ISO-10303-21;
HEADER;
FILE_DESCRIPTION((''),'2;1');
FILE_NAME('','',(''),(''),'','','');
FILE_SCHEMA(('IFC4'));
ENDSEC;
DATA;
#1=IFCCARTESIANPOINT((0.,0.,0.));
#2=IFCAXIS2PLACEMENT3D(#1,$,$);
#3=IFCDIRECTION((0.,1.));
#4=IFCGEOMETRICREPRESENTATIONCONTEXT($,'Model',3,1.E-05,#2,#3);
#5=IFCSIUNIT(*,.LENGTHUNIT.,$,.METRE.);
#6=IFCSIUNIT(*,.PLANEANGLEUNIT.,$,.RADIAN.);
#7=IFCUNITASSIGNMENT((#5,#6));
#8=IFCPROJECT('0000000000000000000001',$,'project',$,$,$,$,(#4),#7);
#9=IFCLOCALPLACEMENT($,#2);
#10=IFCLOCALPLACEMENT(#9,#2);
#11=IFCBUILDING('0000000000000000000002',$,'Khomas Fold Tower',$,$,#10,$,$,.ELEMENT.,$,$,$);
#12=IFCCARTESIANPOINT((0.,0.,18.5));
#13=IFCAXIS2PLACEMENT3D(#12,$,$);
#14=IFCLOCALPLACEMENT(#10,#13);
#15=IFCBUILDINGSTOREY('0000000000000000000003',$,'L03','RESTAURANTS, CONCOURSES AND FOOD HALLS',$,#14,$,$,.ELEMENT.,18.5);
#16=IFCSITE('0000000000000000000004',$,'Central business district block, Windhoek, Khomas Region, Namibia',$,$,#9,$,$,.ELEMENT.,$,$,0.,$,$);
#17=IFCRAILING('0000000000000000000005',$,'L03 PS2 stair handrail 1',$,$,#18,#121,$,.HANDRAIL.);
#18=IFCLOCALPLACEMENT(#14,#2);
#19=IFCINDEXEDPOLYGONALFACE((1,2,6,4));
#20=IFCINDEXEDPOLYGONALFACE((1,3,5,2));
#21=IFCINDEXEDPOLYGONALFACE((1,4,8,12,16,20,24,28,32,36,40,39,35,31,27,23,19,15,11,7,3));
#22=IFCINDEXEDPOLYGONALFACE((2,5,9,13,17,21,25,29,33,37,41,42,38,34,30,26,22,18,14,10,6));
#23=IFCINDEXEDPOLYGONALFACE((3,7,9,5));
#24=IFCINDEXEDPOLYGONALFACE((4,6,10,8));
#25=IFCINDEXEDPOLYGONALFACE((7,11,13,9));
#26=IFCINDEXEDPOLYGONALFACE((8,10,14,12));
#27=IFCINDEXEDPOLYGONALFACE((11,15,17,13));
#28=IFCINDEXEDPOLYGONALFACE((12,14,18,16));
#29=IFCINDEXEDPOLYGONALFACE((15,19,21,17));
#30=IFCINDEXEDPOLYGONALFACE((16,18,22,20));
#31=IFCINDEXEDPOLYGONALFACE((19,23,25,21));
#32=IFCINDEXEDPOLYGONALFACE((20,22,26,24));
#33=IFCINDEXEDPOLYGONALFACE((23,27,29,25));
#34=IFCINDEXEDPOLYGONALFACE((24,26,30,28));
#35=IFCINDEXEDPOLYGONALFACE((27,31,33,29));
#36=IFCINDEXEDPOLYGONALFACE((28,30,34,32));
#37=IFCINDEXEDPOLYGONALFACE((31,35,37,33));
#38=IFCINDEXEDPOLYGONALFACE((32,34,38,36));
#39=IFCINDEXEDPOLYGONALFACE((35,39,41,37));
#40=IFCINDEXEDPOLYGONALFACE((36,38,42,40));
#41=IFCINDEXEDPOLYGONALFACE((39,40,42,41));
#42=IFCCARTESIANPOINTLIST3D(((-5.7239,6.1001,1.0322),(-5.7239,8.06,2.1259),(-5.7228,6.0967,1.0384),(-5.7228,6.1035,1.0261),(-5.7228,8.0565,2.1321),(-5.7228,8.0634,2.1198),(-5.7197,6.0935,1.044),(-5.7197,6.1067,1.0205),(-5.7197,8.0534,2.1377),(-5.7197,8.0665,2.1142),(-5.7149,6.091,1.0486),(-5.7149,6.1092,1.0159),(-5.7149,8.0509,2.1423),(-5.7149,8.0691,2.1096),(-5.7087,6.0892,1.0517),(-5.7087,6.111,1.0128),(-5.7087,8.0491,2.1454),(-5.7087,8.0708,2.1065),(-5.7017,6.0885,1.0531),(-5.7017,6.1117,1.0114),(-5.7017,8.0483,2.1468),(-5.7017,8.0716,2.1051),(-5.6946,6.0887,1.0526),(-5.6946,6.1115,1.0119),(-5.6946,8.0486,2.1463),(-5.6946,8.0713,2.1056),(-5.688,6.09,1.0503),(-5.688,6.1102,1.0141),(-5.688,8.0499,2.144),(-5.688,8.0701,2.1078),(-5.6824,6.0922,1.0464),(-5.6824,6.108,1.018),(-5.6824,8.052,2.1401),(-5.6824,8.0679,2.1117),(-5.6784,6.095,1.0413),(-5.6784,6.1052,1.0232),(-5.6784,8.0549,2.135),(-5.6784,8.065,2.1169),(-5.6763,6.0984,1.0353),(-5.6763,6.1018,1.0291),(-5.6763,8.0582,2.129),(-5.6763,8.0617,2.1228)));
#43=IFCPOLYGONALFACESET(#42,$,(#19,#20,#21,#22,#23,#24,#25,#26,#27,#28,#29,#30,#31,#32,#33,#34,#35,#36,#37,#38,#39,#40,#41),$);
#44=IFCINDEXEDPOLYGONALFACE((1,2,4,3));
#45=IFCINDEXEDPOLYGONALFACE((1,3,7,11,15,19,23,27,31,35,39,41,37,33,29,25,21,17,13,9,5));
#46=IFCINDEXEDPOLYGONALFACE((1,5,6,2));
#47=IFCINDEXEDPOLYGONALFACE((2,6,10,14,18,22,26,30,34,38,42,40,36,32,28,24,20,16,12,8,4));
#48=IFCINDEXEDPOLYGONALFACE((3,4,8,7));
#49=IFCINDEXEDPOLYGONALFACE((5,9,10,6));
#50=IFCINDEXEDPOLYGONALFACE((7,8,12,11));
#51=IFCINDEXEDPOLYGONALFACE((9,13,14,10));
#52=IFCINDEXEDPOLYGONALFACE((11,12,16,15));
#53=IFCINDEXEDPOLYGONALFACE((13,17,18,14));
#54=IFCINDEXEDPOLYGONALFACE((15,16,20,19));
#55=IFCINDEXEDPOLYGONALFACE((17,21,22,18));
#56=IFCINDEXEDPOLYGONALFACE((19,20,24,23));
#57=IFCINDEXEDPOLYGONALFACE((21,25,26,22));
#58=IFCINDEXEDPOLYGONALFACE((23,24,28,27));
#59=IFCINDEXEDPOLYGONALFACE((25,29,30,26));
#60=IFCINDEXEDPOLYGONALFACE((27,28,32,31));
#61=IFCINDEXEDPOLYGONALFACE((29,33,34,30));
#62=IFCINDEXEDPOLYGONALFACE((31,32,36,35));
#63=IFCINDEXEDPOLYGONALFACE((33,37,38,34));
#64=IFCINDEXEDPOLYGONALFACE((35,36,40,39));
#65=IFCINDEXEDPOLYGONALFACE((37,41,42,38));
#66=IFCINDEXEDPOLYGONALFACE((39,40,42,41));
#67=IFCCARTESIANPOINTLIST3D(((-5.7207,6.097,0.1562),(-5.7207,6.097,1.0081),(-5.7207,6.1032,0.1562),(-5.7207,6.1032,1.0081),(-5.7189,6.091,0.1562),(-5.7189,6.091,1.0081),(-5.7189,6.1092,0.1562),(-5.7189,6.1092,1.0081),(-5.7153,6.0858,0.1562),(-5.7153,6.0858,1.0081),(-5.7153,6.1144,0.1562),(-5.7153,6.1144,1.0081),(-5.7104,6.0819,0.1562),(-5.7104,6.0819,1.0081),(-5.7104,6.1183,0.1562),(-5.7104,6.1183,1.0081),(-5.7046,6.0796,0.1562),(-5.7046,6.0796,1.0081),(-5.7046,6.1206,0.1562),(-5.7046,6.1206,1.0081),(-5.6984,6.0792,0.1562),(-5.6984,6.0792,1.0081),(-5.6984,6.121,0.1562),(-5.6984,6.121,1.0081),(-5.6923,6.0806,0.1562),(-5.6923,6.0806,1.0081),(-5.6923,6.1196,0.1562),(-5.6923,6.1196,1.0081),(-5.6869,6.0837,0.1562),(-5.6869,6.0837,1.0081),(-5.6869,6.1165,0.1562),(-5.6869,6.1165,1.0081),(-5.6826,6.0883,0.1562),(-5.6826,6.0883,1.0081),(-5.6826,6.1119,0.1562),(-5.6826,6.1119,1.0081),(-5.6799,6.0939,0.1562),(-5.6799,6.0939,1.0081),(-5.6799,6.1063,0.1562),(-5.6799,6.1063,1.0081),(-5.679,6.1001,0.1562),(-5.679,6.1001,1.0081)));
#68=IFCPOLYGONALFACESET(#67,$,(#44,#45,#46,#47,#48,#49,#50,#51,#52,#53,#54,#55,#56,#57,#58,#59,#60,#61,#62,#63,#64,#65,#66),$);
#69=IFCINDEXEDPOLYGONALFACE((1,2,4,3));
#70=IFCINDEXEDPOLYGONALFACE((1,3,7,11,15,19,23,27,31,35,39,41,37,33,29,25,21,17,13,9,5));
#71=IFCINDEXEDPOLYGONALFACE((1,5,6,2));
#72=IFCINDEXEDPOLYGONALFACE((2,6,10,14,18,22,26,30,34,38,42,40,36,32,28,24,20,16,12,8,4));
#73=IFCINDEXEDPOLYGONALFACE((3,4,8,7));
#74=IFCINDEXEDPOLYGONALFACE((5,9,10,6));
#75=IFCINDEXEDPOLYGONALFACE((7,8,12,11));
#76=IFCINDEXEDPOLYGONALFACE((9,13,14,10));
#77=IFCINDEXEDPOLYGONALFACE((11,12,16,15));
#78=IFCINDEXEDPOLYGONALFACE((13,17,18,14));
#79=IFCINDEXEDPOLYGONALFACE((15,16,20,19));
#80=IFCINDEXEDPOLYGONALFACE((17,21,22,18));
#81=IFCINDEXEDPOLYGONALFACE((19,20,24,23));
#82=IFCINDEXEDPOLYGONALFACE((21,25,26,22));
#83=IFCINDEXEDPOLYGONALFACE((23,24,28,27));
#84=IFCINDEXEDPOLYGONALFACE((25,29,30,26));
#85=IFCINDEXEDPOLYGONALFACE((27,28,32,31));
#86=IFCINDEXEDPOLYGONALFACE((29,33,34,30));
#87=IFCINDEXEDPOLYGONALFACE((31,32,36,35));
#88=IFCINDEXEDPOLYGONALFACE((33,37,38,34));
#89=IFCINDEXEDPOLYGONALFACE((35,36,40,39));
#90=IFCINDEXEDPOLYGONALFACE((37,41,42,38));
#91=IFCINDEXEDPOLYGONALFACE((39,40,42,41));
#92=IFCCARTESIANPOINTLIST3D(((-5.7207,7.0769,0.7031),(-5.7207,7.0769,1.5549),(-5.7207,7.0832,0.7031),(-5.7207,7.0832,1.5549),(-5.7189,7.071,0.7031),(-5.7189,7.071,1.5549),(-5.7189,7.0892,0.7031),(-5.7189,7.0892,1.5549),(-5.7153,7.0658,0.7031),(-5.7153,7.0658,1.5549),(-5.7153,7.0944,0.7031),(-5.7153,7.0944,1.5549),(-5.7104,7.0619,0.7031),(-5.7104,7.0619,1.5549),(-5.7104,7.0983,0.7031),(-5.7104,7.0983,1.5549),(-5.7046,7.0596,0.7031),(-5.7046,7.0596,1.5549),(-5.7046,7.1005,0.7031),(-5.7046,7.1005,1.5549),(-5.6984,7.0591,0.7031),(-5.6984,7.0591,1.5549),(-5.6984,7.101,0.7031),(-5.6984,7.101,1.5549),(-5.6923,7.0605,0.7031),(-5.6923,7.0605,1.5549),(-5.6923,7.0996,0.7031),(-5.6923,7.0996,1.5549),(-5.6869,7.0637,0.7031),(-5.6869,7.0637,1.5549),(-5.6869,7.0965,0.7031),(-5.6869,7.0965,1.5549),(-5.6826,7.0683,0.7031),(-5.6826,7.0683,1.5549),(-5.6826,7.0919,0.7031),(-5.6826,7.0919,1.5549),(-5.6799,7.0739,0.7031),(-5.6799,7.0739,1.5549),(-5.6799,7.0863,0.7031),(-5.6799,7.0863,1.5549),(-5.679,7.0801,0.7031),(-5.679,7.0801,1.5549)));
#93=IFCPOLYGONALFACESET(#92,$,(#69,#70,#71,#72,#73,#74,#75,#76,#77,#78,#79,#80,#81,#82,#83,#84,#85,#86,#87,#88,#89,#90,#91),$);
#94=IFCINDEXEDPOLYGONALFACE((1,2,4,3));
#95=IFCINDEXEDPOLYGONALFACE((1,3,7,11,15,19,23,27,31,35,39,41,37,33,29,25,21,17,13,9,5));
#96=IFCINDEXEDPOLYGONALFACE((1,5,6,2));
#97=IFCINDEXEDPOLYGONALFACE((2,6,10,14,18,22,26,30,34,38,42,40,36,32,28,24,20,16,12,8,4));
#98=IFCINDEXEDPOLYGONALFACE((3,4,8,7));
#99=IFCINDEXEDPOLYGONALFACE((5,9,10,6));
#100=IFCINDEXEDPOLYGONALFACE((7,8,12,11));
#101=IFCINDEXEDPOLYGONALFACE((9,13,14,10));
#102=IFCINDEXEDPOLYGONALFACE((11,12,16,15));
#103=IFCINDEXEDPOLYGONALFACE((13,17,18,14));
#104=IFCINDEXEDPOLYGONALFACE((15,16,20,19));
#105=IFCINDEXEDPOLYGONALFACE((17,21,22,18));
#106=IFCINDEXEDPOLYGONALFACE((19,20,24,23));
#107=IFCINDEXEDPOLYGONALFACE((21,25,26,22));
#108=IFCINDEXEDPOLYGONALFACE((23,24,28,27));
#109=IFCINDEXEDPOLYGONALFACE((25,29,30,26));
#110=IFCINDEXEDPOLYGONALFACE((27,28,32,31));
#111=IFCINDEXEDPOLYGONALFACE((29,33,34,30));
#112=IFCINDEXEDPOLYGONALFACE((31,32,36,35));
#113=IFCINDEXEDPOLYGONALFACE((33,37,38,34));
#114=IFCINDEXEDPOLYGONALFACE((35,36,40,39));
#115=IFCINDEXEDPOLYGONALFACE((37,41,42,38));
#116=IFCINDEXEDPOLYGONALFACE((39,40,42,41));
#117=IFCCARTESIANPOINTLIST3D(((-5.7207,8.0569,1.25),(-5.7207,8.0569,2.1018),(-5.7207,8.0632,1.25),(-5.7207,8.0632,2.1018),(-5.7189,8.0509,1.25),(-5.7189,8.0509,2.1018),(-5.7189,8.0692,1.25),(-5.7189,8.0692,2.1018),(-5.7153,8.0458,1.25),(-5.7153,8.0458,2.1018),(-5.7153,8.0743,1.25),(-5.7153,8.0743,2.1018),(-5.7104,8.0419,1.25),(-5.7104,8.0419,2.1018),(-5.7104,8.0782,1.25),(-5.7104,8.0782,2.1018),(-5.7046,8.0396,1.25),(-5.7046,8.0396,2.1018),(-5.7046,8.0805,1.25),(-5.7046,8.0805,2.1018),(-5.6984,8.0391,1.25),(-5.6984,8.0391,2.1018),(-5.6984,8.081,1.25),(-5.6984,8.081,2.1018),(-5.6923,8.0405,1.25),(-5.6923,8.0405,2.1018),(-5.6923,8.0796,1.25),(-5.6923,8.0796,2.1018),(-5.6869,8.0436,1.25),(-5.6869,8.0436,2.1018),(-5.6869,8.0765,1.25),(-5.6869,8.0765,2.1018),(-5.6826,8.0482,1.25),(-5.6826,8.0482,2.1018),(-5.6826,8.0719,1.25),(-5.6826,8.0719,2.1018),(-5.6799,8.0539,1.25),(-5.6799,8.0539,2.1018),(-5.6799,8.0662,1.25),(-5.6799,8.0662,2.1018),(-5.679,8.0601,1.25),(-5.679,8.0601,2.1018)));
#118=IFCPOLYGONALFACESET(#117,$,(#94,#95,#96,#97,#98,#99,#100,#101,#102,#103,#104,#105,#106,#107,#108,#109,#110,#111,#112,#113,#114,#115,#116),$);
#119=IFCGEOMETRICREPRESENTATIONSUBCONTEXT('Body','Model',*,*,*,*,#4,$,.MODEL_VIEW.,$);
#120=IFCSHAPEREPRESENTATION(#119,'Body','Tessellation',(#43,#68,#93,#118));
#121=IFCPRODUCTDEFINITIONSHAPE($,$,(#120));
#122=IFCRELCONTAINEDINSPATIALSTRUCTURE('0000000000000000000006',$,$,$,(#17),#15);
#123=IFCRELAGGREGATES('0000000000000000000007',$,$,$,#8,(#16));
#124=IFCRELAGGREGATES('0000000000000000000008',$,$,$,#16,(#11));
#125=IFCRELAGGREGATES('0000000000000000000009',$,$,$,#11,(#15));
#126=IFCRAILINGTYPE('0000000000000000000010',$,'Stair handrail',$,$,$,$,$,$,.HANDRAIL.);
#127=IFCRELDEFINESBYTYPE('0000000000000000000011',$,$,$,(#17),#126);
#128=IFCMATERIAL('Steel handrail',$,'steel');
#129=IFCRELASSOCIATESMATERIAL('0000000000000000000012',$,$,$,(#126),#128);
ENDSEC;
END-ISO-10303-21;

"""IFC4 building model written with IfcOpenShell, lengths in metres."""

from ifc_helpers import new_model, si_unit, direction, frame, origin, origin_2d, place, context, subcontext, project, spatial, circle, extrude, source, transform, mapped, material, type_object, element, save


model = new_model("IFC4")

# Units and contexts
model_context = context("Model", 3, precision=1e-05, world=origin(), true_north=direction((0.0, 1.0)))
body_context = subcontext(model_context, "Body", "Model", "MODEL_VIEW")
ifc_project = project(units=[si_unit("LENGTHUNIT", "METRE"), si_unit("PLANEANGLEUNIT", "RADIAN")], contexts=[model_context])

# Site, building, storey
site_placement = place(None, origin())
site = spatial("IfcSite", under=ifc_project, at=site_placement, Name="Central business district block, Windhoek, Khomas Region, Namibia", CompositionType="ELEMENT", RefElevation=0.0)
building_placement = place(site_placement, origin())
building = spatial("IfcBuilding", under=site, at=building_placement, Name="Khomas Fold Tower", CompositionType="ELEMENT")
storey_placement = place(building_placement, frame((0.0, 0.0, 18.5)))
storey = spatial("IfcBuildingStorey", under=building, at=storey_placement, Name="L03", Description="RESTAURANTS, CONCOURSES AND FOOD HALLS", CompositionType="ELEMENT", Elevation=18.5)

# Railing
ifc_material_1 = material(Name="Steel handrail", Category="steel")
railing_type_1 = type_object("IfcRailingType", Name="Stair handrail", PredefinedType="HANDRAIL", material=ifc_material_1)
shared_shape_1 = source(origin(), body_context, "Body", "SweptSolid", [
    extrude(circle(Radius=0.0239, at=origin_2d()), frame((0.0, 0.0, 0.876), z_axis=(0.0, 0.873232, 0.487304), x_axis=(-1.0, 0.0, 0.0)), (0.0, 0.0, 1.0), 2.2444),
    extrude(circle(Radius=0.021, at=origin_2d()), origin(), (0.0, 0.0, 1.0), 0.8518),
    extrude(circle(Radius=0.021, at=origin_2d()), frame((0.0, 0.98, 0.5469)), (0.0, 0.0, 1.0), 0.8518),
    extrude(circle(Radius=0.021, at=origin_2d()), frame((0.0, 1.96, 1.0938)), (0.0, 0.0, 1.0), 0.8518),
])
for number, where, name in (
    (1, (-5.7, 6.1001, 0.1562), "L03 PS2 stair handrail 1"),
):
    element("IfcRailing", number, at=place(storey_placement, frame(where)), inside=storey, type_object=railing_type_1, Name=name, PredefinedType="HANDRAIL", context=body_context, shape_type="MappedRepresentation", body=[
        mapped(shared_shape_1, transform((0.0, 0.0, 0.0))),
    ])

save(model, "model.ifc")
